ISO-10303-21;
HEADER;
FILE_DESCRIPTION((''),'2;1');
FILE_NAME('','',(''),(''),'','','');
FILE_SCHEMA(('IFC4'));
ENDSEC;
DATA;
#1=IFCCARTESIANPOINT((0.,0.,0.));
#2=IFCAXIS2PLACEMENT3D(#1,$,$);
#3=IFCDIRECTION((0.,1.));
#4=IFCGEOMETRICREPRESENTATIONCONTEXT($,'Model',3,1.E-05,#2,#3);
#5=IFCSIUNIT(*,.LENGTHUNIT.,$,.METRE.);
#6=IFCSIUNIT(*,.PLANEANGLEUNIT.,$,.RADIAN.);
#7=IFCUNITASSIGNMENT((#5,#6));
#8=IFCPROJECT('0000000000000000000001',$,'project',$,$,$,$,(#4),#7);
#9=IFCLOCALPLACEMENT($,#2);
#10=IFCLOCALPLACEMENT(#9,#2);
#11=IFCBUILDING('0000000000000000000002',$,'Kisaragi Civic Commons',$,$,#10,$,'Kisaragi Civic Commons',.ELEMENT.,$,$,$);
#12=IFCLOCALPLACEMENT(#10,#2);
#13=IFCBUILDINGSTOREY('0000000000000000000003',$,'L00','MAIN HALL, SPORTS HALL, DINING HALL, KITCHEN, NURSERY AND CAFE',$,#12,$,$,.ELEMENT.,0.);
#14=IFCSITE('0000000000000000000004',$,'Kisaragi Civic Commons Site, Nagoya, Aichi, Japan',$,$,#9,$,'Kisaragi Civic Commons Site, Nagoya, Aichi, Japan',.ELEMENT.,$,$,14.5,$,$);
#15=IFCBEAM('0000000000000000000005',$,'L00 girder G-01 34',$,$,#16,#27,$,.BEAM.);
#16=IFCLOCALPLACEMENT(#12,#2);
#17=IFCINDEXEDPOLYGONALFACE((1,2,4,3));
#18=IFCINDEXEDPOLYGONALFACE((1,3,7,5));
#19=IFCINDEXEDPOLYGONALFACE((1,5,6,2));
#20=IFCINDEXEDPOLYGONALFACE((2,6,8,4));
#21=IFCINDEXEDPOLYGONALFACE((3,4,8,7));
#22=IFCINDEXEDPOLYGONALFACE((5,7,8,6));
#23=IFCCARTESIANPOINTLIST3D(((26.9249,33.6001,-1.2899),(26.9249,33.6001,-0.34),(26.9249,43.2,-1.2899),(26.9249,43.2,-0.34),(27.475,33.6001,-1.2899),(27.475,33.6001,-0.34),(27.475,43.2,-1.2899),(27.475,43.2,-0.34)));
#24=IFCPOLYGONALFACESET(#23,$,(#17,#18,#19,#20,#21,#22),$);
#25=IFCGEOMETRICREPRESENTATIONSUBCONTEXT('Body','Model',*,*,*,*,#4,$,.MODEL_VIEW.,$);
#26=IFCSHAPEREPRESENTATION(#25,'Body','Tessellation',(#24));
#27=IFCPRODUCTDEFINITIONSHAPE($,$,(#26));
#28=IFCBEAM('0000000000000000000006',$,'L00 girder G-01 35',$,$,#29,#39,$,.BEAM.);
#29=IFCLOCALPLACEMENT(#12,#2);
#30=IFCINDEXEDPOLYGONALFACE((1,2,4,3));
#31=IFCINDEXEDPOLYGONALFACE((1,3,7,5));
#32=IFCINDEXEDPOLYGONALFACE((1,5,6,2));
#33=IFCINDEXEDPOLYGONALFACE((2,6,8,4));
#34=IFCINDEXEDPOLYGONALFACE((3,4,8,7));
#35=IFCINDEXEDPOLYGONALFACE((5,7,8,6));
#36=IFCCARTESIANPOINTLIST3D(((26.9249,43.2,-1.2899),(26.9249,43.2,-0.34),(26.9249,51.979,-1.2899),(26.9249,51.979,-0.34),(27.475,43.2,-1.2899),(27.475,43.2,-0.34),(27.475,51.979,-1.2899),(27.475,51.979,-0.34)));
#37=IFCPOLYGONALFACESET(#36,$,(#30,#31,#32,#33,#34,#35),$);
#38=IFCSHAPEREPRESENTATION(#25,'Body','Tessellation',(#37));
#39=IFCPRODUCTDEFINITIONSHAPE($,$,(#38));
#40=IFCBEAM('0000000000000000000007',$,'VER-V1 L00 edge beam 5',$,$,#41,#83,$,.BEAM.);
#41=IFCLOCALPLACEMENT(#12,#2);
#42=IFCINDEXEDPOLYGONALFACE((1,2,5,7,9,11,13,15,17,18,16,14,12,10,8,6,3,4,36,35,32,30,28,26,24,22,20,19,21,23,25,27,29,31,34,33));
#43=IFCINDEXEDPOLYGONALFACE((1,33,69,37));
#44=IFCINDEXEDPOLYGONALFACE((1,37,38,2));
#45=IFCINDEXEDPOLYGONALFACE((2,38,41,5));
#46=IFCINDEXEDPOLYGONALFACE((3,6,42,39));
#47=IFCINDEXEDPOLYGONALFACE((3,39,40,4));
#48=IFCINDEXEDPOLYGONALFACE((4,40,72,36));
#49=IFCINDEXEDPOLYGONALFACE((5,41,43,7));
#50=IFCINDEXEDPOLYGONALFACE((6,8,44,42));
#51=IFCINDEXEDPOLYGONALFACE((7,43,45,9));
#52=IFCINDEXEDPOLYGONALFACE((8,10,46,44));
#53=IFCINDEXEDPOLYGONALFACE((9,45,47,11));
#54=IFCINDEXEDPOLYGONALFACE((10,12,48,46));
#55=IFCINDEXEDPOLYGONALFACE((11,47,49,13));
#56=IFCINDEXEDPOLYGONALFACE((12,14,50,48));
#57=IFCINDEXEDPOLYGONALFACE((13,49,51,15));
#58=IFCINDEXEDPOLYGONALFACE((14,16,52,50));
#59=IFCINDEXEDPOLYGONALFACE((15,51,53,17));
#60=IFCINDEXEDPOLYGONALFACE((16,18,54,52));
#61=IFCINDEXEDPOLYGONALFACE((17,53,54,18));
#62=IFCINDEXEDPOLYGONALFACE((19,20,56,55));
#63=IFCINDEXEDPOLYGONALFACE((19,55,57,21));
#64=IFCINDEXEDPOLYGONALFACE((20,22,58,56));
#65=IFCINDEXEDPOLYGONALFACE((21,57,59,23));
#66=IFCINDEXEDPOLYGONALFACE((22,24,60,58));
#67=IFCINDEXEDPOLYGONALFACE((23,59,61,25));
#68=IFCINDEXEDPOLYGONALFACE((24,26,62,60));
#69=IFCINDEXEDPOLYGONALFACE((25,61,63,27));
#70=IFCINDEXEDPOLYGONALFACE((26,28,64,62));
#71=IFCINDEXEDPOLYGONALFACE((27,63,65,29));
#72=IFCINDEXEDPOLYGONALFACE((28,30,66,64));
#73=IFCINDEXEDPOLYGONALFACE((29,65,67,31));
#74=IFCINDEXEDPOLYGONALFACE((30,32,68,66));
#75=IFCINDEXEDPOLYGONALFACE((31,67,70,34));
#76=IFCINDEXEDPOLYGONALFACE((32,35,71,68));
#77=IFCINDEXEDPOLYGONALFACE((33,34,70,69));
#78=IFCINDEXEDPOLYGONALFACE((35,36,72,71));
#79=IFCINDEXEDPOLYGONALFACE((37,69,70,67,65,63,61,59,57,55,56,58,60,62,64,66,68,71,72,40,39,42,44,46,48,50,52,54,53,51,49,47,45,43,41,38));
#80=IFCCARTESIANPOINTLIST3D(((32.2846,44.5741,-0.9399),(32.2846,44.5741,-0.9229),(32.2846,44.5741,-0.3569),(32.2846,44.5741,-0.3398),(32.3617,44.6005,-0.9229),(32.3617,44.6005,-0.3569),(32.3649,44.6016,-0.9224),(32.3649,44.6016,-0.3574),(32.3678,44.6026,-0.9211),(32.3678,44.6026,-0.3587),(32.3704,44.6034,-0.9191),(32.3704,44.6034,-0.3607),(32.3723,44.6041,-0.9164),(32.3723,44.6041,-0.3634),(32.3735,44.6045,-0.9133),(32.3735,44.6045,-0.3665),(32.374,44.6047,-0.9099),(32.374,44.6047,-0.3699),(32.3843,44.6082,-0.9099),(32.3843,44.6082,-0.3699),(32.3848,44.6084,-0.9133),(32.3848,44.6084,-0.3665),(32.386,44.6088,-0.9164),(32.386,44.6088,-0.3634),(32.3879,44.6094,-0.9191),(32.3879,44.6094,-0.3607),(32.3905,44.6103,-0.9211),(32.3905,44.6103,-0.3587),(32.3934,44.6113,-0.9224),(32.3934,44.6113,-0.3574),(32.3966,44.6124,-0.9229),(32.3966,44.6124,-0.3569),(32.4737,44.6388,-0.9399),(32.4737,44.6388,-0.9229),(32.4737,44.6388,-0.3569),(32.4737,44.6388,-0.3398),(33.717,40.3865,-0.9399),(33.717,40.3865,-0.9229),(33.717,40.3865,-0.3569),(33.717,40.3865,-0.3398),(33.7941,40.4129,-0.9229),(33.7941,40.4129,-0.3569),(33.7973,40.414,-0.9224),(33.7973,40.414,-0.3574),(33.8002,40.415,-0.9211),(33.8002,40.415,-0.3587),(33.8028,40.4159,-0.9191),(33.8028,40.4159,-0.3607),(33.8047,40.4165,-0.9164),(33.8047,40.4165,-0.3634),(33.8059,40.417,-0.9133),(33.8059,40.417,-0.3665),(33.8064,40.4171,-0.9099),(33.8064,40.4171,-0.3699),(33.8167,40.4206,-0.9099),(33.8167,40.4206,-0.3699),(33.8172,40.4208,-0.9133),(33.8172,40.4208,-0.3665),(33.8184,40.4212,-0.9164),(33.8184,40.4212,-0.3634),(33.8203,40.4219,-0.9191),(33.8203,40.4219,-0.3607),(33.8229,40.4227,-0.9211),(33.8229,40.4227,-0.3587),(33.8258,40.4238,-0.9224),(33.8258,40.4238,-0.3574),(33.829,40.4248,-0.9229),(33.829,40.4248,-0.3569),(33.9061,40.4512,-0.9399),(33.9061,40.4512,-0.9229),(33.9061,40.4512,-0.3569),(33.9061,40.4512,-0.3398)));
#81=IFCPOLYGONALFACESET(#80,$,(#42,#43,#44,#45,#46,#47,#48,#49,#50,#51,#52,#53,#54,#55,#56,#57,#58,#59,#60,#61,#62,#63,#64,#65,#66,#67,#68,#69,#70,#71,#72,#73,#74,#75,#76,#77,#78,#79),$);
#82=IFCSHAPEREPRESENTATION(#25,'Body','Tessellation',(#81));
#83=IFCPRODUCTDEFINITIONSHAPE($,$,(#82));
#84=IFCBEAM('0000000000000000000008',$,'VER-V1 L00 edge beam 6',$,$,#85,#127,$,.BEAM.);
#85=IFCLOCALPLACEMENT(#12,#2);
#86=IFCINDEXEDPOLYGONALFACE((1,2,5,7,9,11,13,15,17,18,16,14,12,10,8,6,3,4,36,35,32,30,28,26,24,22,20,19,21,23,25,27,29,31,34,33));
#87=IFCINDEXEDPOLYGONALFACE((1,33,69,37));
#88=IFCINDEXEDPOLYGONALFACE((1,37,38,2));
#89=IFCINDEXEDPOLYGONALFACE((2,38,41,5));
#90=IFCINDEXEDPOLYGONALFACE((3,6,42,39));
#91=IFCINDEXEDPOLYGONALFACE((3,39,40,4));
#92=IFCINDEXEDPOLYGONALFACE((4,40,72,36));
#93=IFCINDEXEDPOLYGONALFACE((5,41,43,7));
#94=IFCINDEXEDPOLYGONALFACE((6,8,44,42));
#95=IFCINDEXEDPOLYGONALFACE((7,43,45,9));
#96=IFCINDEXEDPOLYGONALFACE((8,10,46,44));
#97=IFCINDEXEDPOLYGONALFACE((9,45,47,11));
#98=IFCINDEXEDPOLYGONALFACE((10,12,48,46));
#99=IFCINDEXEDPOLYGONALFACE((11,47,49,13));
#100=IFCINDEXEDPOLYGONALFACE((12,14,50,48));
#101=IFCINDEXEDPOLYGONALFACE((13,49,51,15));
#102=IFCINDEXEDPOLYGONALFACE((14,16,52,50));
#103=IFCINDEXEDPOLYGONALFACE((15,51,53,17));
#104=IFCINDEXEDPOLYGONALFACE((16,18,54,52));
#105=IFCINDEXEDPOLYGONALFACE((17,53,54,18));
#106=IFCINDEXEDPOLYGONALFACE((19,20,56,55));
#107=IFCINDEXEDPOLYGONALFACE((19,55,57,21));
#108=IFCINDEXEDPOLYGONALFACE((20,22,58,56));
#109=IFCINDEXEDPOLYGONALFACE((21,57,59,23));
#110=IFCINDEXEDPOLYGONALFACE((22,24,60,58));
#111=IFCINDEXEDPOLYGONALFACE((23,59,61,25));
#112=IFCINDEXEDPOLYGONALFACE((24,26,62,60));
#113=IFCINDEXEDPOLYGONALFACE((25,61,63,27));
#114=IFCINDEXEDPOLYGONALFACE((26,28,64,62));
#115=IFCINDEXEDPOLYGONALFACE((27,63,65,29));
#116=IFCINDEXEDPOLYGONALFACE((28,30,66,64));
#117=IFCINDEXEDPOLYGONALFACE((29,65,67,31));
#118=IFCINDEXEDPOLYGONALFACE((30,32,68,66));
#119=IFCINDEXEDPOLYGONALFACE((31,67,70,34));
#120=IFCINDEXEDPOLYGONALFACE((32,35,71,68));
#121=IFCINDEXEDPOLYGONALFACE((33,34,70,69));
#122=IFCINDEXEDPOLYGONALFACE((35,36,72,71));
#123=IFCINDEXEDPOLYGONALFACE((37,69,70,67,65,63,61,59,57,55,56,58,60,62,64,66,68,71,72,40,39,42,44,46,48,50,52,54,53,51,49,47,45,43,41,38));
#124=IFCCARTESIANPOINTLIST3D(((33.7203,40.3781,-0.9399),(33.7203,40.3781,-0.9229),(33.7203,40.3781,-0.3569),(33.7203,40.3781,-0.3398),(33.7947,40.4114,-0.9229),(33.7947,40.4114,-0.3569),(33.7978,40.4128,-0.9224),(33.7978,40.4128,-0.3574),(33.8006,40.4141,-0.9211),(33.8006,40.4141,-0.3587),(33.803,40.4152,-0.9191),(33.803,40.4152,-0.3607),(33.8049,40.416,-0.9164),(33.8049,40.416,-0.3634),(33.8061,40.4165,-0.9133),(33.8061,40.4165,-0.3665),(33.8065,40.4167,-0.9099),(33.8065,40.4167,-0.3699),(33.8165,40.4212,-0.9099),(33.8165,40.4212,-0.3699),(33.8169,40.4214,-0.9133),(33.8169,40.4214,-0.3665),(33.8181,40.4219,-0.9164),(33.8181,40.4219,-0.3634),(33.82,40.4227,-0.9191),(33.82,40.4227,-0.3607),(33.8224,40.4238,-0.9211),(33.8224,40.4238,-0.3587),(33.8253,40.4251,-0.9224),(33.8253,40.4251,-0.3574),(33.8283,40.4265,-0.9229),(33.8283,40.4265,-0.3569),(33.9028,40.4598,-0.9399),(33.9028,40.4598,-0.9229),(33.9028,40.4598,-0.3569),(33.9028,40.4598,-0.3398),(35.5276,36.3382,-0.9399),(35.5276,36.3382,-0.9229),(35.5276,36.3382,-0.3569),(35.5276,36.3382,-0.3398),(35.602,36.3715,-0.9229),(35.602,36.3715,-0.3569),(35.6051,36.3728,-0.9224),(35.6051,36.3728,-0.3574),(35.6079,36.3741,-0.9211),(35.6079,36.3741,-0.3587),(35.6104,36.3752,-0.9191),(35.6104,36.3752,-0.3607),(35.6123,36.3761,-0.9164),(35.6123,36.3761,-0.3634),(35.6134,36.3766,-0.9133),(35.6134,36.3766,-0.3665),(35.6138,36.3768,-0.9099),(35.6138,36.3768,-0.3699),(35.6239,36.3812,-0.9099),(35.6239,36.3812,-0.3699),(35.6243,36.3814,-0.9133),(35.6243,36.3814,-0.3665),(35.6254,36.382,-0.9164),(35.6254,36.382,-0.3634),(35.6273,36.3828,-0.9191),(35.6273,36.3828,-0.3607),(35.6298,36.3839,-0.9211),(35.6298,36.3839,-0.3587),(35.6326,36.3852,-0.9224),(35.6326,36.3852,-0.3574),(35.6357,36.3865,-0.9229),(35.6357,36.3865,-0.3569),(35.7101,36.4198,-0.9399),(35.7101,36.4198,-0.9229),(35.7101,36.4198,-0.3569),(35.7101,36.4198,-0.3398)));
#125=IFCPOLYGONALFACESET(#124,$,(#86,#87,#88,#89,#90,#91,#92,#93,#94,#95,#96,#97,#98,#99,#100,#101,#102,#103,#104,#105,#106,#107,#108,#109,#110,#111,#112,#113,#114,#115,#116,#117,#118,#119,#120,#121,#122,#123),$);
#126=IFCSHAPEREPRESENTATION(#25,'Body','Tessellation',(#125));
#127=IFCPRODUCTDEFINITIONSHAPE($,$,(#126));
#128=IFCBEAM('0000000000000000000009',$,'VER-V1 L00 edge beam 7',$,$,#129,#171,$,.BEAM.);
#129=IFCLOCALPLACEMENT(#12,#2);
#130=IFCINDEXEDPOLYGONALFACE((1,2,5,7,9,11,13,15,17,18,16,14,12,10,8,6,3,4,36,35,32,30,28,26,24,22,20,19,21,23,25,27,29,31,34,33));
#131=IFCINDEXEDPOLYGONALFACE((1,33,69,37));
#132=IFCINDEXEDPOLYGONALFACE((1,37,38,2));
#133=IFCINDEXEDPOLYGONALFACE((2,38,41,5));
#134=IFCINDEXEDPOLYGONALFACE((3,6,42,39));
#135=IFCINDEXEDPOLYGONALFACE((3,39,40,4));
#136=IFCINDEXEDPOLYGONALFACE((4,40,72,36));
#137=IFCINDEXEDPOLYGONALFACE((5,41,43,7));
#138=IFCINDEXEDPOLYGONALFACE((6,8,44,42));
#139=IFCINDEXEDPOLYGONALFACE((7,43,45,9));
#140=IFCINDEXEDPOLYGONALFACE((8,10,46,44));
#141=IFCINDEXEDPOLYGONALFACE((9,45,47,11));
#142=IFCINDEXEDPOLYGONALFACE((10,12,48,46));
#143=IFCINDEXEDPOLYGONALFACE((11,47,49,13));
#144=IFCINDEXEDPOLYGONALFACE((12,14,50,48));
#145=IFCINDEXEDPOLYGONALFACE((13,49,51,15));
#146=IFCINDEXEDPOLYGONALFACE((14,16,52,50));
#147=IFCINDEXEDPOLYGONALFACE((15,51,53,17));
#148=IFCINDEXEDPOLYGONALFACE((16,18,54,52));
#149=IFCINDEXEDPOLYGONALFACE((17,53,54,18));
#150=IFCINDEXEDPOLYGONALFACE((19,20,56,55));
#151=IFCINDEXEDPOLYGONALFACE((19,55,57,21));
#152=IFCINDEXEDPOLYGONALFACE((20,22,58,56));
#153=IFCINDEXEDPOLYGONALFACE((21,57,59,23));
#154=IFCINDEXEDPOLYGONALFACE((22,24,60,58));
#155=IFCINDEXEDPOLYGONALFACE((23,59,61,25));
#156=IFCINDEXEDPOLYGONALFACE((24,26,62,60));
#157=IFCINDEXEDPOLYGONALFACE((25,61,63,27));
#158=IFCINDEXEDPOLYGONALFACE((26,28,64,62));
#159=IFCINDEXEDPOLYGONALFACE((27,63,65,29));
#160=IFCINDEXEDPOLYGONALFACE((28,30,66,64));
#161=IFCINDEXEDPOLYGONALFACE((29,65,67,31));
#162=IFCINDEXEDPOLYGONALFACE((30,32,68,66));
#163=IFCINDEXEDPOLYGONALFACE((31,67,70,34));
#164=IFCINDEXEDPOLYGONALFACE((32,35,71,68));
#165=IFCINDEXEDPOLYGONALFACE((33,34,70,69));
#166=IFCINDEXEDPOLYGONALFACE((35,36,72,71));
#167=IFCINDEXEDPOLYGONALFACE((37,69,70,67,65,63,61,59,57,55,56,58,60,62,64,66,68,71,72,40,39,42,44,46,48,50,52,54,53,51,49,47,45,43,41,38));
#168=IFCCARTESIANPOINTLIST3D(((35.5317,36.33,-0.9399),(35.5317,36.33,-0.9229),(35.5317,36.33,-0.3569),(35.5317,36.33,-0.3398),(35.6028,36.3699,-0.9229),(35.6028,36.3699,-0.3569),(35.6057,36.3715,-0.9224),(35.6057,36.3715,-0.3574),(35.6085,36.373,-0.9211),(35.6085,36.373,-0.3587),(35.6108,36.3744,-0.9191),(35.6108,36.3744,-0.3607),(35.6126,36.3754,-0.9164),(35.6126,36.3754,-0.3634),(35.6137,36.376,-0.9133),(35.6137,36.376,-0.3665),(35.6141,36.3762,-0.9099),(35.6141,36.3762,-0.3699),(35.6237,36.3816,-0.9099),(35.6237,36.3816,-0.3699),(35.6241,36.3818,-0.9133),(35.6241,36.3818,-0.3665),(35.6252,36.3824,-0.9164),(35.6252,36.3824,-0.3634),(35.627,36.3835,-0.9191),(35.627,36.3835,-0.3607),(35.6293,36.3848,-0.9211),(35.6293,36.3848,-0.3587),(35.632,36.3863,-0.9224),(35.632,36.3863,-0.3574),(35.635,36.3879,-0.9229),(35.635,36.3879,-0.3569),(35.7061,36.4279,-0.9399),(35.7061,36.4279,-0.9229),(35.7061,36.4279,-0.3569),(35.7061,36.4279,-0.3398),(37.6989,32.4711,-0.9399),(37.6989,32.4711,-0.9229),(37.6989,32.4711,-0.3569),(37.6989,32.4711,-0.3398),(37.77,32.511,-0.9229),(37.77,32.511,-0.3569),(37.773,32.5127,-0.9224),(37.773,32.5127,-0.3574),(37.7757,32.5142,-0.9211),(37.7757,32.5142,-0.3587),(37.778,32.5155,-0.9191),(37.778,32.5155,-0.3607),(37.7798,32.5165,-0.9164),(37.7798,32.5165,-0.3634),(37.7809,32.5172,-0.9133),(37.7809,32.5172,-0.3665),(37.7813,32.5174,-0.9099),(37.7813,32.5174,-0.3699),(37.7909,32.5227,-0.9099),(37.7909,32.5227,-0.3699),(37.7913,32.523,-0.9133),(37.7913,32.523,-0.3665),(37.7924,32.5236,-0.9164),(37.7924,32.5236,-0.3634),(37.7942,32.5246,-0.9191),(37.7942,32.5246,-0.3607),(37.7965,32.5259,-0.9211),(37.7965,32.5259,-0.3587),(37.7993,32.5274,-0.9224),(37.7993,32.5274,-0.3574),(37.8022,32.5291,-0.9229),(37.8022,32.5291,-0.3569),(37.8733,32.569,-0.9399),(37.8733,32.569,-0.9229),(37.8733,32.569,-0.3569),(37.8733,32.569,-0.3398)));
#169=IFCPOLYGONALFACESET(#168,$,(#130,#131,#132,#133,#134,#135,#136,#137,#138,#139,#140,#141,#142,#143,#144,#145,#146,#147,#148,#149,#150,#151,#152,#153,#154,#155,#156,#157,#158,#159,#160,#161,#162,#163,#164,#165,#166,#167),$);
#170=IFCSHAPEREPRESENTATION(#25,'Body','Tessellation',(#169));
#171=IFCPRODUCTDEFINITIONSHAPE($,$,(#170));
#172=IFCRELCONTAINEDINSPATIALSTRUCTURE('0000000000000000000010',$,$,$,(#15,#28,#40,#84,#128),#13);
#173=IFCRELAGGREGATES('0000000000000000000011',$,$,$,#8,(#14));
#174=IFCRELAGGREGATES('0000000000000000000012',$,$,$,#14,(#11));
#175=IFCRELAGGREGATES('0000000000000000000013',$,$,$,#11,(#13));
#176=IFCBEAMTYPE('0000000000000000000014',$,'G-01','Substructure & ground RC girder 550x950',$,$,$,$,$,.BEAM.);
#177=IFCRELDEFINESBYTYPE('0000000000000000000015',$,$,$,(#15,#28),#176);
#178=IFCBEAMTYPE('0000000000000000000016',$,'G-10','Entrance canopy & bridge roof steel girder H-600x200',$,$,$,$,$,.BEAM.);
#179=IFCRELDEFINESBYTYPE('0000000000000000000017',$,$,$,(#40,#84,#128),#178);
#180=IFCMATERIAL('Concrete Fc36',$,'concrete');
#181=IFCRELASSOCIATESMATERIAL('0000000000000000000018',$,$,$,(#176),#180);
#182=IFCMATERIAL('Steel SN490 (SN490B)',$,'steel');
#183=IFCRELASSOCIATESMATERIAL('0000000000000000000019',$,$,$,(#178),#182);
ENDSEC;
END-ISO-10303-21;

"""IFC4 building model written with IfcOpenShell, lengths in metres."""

from ifc_helpers import new_model, si_unit, direction, frame, origin, origin_2d, place, context, subcontext, project, spatial, rectangle, i_section, extrude, material, material_profile, profile_set, type_object, element, save


model = new_model("IFC4")

# Units and contexts
model_context = context("Model", 3, precision=1e-05, world=origin(), true_north=direction((0.0, 1.0)))
body_context = subcontext(model_context, "Body", "Model", "MODEL_VIEW")
ifc_project = project(units=[si_unit("LENGTHUNIT", "METRE"), si_unit("PLANEANGLEUNIT", "RADIAN")], contexts=[model_context])

# Site, building, storey
site_placement = place(None, origin())
site = spatial("IfcSite", under=ifc_project, at=site_placement, Name="Kisaragi Civic Commons Site, Nagoya, Aichi, Japan", LongName="Kisaragi Civic Commons Site, Nagoya, Aichi, Japan", CompositionType="ELEMENT", RefElevation=14.5)
building_placement = place(site_placement, origin())
building = spatial("IfcBuilding", under=site, at=building_placement, Name="Kisaragi Civic Commons", LongName="Kisaragi Civic Commons", CompositionType="ELEMENT")
storey_placement = place(building_placement, origin())
storey = spatial("IfcBuildingStorey", under=building, at=storey_placement, Name="L00", Description="MAIN HALL, SPORTS HALL, DINING HALL, KITCHEN, NURSERY AND CAFE", CompositionType="ELEMENT", Elevation=0.0)

# Shared definitions
ifc_material_1 = material(Name="Concrete Fc36", Category="concrete")

# Beams
ifc_material_profile_1 = material_profile(ifc_material_1, rectangle(XDim=0.55, YDim=0.95, at=origin_2d()), Name="RC-550x950", Category="concrete")
ifc_profile_set_1 = profile_set([ifc_material_profile_1], Name="Concrete Fc36")
beam_type_1 = type_object("IfcBeamType", Name="G-01", Description="Substructure & ground RC girder 550x950", PredefinedType="BEAM", material=ifc_profile_set_1)
beam_1_placement = place(storey_placement, frame((27.2, 33.6001, -0.8149), z_axis=(0.0, 1.0, 0.0), x_axis=(-1.0, 0.0, 0.0)))
element("IfcBeam", 1, at=beam_1_placement, inside=storey, type_object=beam_type_1, Name="L00 girder G-01 34", PredefinedType="BEAM", context=body_context, shape_type="SweptSolid", body=[
    extrude(rectangle(XDim=0.55, YDim=0.95, at=origin_2d()), origin(), (0.0, 0.0, 1.0), 9.5999),
])
beam_2_placement = place(storey_placement, frame((27.2, 43.2, -0.8149), z_axis=(0.0, 1.0, 0.0), x_axis=(-1.0, 0.0, 0.0)))
element("IfcBeam", 2, at=beam_2_placement, inside=storey, type_object=beam_type_1, Name="L00 girder G-01 35", PredefinedType="BEAM", context=body_context, shape_type="SweptSolid", body=[
    extrude(rectangle(XDim=0.55, YDim=0.95, at=origin_2d()), origin(), (0.0, 0.0, 1.0), 8.7791),
])
ifc_material_2 = material(Name="Steel SN490 (SN490B)", Category="steel")
ifc_material_profile_2 = material_profile(ifc_material_2, i_section(OverallWidth=0.2, OverallDepth=0.6001, WebThickness=0.011, FlangeThickness=0.0171, FilletRadius=0.0129, at=origin_2d()), Name="H-600x200x11x17", Category="steel")
ifc_profile_set_2 = profile_set([ifc_material_profile_2], Name="Steel SN490 (SN490B)")
beam_type_2 = type_object("IfcBeamType", Name="G-10", Description="Entrance canopy & bridge roof steel girder H-600x200", PredefinedType="BEAM", material=ifc_profile_set_2)
for number, where, z_axis, x_axis, name in (
    (3, (32.3792, 44.6064, -0.6399), (0.323649, -0.946177, 0.0), (0.946177, 0.323649, 0.0), "VER-V1 L00 edge beam 5"),
    (4, (33.8115, 40.4189, -0.6399), (0.408364, -0.912819, 0.0), (0.912819, 0.408364, 0.0), "VER-V1 L00 edge beam 6"),
    (5, (35.6189, 36.3789, -0.6399), (0.48968, -0.871902, 0.0), (0.871902, 0.48968, 0.0), "VER-V1 L00 edge beam 7"),
):
    element("IfcBeam", number, at=place(storey_placement, frame(where, z_axis=z_axis, x_axis=x_axis)), inside=storey, type_object=beam_type_2, Name=name, PredefinedType="BEAM", context=body_context, shape_type="SweptSolid", body=[
        extrude(i_section(OverallWidth=0.2, OverallDepth=0.6001, WebThickness=0.011, FlangeThickness=0.0171, FilletRadius=0.0129, at=origin_2d()), origin(), (0.0, 0.0, 1.0), 4.4258),
    ])

save(model, "model.ifc")
